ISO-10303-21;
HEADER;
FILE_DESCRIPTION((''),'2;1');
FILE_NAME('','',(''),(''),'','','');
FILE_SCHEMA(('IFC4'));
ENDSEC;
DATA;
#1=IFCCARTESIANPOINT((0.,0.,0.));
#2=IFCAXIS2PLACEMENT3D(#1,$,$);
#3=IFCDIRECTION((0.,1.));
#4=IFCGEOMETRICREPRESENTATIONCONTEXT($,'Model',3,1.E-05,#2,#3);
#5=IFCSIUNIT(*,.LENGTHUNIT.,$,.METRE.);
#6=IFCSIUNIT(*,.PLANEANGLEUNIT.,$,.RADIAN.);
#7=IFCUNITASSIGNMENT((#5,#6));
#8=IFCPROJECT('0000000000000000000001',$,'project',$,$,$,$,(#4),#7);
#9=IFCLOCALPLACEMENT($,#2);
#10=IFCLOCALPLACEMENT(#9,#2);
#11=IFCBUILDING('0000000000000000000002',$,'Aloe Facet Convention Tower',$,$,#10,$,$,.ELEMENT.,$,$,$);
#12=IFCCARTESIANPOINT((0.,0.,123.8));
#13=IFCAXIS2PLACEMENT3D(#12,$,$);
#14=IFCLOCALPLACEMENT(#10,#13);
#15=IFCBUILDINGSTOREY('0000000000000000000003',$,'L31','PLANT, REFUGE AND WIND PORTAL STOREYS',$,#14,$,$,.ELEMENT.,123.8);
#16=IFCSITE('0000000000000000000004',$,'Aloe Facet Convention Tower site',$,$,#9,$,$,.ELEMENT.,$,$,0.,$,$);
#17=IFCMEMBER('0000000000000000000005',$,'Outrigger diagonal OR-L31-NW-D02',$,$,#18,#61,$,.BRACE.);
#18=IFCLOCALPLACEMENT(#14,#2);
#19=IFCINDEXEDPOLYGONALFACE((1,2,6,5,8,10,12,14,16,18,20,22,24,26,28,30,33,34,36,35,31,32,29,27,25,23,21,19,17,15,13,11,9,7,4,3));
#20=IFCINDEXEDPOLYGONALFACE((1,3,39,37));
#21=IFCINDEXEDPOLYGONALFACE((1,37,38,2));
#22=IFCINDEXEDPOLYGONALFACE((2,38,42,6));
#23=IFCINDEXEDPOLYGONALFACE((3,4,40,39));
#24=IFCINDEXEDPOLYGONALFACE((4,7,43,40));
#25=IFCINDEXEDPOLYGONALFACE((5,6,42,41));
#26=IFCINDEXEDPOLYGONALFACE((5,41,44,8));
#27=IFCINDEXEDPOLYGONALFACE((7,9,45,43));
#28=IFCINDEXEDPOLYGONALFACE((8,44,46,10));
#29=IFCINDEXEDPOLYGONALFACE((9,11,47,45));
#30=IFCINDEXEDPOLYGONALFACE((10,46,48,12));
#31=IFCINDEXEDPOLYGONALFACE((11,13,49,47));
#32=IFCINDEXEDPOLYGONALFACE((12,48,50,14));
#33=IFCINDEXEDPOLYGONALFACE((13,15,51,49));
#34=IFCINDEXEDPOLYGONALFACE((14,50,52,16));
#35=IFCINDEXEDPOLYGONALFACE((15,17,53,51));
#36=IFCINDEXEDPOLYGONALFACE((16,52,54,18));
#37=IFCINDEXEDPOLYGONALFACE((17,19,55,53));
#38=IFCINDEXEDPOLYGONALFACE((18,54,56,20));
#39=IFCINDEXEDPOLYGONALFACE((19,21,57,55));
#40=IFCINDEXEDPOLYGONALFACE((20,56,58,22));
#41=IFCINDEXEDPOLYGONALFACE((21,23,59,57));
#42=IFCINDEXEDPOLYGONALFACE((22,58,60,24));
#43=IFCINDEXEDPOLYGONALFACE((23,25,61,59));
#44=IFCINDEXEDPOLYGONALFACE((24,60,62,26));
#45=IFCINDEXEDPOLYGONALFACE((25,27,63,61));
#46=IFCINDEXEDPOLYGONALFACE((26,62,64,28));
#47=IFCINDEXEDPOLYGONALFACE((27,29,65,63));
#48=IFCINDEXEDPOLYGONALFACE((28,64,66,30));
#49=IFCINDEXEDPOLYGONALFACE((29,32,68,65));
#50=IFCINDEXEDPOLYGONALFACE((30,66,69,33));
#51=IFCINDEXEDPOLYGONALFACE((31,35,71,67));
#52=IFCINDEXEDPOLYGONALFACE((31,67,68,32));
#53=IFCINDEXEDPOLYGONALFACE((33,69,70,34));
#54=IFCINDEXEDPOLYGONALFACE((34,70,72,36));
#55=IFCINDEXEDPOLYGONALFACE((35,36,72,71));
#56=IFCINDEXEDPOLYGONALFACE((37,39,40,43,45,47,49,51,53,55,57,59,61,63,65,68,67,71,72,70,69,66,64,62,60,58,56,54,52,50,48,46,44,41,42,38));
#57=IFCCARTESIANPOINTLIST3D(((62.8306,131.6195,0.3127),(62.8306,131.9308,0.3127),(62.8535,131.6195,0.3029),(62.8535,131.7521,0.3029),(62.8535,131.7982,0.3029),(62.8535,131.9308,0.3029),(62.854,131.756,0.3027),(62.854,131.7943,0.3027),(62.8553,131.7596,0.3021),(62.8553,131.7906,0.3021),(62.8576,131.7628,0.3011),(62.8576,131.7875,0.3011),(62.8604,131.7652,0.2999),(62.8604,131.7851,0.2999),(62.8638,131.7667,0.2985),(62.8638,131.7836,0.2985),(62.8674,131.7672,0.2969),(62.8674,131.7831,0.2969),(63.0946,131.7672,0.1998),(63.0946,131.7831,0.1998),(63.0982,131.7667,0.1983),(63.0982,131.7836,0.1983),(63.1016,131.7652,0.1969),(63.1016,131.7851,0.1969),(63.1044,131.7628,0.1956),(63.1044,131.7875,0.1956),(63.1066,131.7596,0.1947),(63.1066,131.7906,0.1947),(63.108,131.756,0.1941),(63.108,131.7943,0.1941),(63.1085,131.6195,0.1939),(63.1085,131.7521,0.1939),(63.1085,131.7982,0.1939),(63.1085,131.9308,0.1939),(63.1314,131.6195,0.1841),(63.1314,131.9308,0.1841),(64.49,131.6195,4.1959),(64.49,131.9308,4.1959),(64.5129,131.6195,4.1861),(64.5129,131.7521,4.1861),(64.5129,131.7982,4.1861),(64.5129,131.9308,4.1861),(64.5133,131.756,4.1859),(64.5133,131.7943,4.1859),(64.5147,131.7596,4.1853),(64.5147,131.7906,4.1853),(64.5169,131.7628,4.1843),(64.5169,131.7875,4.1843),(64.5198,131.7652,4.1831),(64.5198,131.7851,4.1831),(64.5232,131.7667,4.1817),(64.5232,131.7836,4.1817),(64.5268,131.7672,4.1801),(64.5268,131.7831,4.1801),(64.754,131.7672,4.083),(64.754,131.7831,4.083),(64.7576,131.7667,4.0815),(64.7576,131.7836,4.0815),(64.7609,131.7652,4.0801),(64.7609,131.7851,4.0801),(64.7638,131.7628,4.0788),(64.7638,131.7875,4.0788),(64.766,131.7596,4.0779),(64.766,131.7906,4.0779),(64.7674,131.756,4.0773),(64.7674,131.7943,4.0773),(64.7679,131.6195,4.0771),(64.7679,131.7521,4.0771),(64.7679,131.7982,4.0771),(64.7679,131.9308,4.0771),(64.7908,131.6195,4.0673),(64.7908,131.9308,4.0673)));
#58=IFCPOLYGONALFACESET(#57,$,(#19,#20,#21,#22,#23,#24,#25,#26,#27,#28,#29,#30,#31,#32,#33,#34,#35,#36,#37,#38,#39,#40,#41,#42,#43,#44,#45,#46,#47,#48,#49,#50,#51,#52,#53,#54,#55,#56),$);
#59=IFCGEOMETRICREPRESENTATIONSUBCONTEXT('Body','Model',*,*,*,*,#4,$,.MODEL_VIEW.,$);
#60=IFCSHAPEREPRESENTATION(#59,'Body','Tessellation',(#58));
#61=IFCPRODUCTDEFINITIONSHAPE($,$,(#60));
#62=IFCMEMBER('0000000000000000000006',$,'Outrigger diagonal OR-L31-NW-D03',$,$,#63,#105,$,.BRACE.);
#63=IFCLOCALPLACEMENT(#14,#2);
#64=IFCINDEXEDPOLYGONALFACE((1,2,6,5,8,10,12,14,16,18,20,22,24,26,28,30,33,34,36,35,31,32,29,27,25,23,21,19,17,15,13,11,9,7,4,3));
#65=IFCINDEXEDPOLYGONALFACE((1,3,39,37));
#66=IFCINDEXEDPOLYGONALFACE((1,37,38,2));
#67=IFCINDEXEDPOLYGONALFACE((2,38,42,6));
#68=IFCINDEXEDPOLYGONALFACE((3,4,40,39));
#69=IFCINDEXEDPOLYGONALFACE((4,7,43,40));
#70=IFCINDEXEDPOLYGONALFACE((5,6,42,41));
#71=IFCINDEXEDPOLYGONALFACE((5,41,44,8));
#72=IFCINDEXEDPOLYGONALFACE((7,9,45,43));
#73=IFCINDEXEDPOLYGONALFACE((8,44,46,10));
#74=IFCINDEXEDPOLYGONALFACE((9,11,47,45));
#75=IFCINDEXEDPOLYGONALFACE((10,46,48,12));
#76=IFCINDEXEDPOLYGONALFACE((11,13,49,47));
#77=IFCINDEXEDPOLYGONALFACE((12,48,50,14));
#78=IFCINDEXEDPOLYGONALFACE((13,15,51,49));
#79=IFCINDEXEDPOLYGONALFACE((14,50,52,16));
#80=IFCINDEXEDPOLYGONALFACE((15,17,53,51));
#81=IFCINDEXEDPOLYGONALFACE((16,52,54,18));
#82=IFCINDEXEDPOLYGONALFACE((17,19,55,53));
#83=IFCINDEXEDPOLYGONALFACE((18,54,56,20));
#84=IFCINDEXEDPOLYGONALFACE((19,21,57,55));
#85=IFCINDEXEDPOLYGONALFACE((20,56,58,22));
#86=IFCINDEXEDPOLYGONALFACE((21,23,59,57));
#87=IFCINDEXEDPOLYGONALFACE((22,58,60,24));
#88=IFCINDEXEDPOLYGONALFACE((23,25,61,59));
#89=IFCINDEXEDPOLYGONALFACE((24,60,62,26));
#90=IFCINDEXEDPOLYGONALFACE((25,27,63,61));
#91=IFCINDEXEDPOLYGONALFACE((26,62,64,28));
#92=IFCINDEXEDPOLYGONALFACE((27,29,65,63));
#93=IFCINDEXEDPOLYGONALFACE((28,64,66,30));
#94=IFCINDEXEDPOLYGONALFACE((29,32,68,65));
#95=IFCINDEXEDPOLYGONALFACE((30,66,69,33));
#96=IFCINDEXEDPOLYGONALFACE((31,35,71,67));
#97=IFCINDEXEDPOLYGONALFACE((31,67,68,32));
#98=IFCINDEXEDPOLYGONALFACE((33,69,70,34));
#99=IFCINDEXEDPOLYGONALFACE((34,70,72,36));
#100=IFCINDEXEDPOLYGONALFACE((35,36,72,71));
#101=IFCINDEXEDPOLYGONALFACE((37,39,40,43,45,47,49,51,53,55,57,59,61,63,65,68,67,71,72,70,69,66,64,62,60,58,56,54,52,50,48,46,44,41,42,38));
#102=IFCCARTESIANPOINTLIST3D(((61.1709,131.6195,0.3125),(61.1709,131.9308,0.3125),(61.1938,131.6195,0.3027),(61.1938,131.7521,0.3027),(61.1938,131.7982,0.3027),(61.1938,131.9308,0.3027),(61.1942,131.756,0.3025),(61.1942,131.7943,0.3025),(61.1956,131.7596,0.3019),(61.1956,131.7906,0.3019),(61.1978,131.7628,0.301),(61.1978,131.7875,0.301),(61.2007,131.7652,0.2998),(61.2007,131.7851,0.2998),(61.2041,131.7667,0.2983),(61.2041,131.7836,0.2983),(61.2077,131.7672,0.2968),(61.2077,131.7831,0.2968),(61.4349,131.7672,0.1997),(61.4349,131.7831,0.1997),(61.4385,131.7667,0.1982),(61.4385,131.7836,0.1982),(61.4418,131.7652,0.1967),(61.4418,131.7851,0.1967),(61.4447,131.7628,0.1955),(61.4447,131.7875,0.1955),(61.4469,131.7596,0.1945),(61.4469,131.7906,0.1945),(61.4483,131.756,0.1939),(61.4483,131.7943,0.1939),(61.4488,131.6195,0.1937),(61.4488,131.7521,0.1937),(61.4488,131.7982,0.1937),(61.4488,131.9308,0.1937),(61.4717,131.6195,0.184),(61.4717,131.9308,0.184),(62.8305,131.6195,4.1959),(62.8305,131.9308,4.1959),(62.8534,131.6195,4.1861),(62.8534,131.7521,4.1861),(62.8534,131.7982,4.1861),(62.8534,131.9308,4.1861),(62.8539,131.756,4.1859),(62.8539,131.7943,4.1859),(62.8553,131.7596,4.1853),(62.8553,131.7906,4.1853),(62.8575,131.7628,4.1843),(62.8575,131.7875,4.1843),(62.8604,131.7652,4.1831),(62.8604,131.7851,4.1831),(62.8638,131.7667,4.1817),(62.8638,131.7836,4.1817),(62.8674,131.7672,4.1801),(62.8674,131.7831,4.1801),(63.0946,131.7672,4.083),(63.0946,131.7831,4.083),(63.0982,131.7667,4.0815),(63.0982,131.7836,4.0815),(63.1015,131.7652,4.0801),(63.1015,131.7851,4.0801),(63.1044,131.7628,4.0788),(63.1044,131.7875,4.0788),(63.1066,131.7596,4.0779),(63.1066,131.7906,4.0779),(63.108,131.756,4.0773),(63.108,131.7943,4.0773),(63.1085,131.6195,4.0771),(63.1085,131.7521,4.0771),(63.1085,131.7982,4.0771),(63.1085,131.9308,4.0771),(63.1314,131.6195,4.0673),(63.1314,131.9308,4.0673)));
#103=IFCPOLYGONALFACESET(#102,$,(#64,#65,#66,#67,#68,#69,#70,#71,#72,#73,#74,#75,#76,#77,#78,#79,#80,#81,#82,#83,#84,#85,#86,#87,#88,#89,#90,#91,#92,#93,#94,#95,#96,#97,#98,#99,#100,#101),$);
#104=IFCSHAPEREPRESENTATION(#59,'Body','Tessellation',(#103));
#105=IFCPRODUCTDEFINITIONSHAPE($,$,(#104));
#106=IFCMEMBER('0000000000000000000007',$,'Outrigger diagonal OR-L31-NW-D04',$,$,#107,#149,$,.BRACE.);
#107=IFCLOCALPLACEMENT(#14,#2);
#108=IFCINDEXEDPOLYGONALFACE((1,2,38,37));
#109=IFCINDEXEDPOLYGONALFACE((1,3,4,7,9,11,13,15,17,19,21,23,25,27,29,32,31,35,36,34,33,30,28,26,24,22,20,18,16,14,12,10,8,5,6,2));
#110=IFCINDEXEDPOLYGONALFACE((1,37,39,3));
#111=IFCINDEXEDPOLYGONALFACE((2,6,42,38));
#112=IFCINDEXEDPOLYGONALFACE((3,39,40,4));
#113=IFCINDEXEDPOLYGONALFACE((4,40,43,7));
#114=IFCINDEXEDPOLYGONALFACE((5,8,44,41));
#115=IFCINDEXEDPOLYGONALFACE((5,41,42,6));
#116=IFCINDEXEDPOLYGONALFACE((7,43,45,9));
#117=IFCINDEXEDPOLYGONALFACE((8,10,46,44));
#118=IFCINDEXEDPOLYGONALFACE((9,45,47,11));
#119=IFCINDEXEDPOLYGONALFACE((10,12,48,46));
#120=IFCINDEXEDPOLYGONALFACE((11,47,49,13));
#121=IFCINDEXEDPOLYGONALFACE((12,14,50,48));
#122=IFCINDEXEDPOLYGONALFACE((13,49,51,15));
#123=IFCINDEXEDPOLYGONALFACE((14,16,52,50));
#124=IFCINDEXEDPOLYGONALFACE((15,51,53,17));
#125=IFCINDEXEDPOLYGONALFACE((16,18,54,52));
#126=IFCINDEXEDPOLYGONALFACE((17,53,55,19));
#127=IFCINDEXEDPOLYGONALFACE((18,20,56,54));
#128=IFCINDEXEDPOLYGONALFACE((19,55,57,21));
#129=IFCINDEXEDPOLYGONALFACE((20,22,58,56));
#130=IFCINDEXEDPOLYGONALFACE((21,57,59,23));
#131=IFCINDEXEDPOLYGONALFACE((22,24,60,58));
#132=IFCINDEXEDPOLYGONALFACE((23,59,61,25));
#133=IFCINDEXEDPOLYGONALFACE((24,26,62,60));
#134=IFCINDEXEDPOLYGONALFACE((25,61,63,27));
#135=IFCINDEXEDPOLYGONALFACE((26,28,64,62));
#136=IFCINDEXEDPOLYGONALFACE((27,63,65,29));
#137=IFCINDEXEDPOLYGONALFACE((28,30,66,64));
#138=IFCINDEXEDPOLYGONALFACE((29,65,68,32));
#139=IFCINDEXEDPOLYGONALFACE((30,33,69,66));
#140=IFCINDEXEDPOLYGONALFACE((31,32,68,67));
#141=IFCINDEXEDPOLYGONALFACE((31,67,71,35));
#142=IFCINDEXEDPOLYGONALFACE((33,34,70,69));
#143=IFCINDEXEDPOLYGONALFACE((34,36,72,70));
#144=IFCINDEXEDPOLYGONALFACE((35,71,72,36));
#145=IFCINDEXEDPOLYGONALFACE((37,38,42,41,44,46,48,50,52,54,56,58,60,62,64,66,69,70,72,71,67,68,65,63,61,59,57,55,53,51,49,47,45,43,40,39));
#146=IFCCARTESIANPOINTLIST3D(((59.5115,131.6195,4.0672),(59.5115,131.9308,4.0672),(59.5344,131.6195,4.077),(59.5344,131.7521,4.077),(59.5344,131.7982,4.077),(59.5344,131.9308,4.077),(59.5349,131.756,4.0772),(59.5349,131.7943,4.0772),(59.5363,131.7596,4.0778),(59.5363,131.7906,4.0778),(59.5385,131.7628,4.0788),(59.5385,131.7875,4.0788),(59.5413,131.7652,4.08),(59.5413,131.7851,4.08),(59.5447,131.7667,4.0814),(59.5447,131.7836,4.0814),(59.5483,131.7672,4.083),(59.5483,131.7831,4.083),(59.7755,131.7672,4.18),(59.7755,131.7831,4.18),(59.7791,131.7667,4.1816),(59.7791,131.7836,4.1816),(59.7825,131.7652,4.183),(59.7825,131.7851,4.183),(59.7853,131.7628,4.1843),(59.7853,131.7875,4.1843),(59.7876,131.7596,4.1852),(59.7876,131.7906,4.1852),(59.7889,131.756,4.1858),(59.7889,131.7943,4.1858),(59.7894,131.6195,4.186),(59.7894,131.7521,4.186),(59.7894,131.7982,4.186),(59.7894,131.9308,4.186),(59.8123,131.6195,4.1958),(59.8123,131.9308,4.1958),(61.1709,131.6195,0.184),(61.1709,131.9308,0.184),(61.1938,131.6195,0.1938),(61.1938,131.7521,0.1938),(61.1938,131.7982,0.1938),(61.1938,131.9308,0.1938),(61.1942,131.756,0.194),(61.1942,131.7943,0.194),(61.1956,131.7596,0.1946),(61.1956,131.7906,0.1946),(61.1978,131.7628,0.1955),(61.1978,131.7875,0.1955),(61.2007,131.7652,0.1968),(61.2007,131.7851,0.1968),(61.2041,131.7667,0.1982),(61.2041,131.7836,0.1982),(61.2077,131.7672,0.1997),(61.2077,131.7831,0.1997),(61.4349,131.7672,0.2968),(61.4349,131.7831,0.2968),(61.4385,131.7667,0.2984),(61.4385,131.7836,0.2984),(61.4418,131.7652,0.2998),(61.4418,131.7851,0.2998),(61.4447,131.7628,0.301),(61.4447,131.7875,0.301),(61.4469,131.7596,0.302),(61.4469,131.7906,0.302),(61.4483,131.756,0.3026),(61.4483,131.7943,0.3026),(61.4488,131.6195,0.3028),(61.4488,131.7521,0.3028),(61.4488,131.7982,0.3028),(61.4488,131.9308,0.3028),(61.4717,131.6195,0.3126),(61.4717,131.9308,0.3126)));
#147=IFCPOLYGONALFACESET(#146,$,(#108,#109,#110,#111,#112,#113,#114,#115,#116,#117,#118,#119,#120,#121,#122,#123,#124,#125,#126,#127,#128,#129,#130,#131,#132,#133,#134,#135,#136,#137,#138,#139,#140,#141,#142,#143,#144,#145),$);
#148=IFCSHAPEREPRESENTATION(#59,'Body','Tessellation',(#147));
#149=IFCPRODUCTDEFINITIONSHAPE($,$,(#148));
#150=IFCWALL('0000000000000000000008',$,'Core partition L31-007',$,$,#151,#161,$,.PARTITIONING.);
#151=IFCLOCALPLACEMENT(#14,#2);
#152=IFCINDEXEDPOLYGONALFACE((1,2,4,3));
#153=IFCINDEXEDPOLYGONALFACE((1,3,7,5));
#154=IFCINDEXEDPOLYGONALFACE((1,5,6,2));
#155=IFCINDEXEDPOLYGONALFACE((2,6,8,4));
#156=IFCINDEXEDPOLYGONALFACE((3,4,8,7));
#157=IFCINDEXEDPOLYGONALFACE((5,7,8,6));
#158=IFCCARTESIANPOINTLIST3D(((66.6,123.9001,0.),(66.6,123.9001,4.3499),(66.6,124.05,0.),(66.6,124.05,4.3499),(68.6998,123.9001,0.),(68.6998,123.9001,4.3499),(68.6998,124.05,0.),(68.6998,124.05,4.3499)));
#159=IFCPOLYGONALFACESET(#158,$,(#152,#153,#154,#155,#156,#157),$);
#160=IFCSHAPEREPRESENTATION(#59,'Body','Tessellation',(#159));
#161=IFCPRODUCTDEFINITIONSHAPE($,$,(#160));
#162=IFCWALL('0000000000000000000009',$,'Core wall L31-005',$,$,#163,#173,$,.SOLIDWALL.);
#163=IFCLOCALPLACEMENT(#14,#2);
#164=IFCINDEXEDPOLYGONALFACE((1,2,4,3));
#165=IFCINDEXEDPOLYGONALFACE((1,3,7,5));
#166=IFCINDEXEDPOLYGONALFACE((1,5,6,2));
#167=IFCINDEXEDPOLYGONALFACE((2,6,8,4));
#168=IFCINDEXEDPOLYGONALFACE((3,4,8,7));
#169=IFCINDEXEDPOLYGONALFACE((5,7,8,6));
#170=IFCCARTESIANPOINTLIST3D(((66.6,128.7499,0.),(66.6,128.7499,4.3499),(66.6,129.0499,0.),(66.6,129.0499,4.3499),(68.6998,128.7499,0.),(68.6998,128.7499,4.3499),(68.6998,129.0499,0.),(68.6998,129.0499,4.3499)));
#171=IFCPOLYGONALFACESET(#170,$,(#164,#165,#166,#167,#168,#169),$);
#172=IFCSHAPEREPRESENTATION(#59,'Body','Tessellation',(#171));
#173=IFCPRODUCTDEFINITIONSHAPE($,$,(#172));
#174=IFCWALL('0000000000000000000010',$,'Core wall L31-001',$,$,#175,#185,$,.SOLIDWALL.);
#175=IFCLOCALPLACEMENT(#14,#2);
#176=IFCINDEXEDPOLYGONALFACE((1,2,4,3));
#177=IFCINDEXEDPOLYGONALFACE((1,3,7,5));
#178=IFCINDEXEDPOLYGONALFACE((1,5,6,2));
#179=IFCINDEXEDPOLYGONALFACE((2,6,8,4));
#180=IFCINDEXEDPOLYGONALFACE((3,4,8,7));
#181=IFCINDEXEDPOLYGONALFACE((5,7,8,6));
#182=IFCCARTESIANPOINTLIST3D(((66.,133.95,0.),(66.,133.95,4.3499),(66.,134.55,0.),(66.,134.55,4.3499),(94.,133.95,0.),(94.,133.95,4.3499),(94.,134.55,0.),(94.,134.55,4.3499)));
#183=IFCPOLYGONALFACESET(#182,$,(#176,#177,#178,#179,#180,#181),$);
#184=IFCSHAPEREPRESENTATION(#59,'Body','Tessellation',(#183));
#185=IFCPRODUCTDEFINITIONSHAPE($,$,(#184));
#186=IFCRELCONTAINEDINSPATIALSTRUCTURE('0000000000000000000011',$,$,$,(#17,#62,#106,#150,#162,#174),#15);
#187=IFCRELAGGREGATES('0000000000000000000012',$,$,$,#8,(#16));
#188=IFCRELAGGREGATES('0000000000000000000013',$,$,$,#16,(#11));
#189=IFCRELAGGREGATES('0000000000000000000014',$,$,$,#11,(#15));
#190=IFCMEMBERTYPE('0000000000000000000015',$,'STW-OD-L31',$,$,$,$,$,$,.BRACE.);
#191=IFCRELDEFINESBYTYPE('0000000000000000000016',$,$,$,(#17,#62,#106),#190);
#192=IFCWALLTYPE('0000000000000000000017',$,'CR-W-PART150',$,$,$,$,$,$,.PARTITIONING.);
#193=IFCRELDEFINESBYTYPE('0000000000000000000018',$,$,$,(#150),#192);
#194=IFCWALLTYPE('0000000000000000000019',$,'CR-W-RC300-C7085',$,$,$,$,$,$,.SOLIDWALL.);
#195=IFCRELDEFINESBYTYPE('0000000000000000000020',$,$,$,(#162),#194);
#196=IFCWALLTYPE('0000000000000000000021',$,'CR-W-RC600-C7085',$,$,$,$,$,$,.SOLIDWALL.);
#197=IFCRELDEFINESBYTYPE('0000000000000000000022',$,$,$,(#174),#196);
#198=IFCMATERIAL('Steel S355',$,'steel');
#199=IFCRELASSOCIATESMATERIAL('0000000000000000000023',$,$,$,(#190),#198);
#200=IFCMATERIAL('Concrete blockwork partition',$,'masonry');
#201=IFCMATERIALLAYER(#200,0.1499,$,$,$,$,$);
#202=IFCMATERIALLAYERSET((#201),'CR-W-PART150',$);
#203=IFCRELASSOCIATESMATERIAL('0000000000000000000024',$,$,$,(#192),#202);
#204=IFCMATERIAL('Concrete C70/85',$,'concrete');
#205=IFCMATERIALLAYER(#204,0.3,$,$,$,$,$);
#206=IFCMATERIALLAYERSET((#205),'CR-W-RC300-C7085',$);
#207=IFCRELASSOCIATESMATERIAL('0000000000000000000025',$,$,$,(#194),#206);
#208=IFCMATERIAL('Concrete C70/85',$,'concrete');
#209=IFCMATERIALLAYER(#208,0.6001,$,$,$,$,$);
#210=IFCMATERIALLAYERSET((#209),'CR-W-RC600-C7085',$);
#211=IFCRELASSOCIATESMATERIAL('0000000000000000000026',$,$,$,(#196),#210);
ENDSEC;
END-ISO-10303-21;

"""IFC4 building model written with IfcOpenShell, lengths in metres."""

from ifc_helpers import new_model, si_unit, direction, frame, frame_2d, origin, origin_2d, place, context, subcontext, project, spatial, rectangle, i_section, extrude, material, layer, layer_set, material_profile, profile_set, type_object, element, save


model = new_model("IFC4")

# Units and contexts
model_context = context("Model", 3, precision=1e-05, world=origin(), true_north=direction((0.0, 1.0)))
body_context = subcontext(model_context, "Body", "Model", "MODEL_VIEW")
ifc_project = project(units=[si_unit("LENGTHUNIT", "METRE"), si_unit("PLANEANGLEUNIT", "RADIAN")], contexts=[model_context])

# Site, building, storey
site_placement = place(None, origin())
site = spatial("IfcSite", under=ifc_project, at=site_placement, Name="Aloe Facet Convention Tower site", CompositionType="ELEMENT", RefElevation=0.0)
building_placement = place(site_placement, origin())
building = spatial("IfcBuilding", under=site, at=building_placement, Name="Aloe Facet Convention Tower", CompositionType="ELEMENT")
storey_placement = place(building_placement, frame((0.0, 0.0, 123.8)))
storey = spatial("IfcBuildingStorey", under=building, at=storey_placement, Name="L31", Description="PLANT, REFUGE AND WIND PORTAL STOREYS", CompositionType="ELEMENT", Elevation=123.8)

# Members
ifc_material_1 = material(Name="Steel S355", Category="steel")
ifc_material_profile_1 = material_profile(ifc_material_1, i_section(OverallWidth=0.3113, OverallDepth=0.3271, WebThickness=0.0159, FlangeThickness=0.0249, FilletRadius=0.0151, at=origin_2d()), Name="UC 305x305x158")
ifc_profile_set_1 = profile_set([ifc_material_profile_1], Name="Steel S355")
member_type_1 = type_object("IfcMemberType", Name="STW-OD-L31", PredefinedType="BRACE", material=ifc_profile_set_1)
member_1_placement = place(storey_placement, frame((64.6404, 131.7751, 4.1316), z_axis=(-0.392949, 0.0, -0.91956), x_axis=(0.0, -1.0, 0.0)))
element("IfcMember", 1, at=member_1_placement, inside=storey, type_object=member_type_1, Name="Outrigger diagonal OR-L31-NW-D02", PredefinedType="BRACE", context=body_context, shape_type="SweptSolid", body=[
    extrude(i_section(OverallWidth=0.3113, OverallDepth=0.3271, WebThickness=0.0159, FlangeThickness=0.0249, FilletRadius=0.0151, at=origin_2d()), origin(), (0.0, 0.0, 1.0), 4.2229),
])
member_2_placement = place(storey_placement, frame((62.981, 131.7751, 4.1316), z_axis=(-0.392998, 0.0, -0.919539), x_axis=(0.0, -1.0, 0.0)))
element("IfcMember", 2, at=member_2_placement, inside=storey, type_object=member_type_1, Name="Outrigger diagonal OR-L31-NW-D03", PredefinedType="BRACE", context=body_context, shape_type="SweptSolid", body=[
    extrude(i_section(OverallWidth=0.3113, OverallDepth=0.3271, WebThickness=0.0159, FlangeThickness=0.0249, FilletRadius=0.0151, at=origin_2d()), origin(), (0.0, 0.0, 1.0), 4.2231),
])
member_3_placement = place(storey_placement, frame((61.3213, 131.7751, 0.2483), z_axis=(-0.392949, 0.0, 0.91956), x_axis=(0.0, -1.0, 0.0)))
element("IfcMember", 3, at=member_3_placement, inside=storey, type_object=member_type_1, Name="Outrigger diagonal OR-L31-NW-D04", PredefinedType="BRACE", context=body_context, shape_type="SweptSolid", body=[
    extrude(i_section(OverallWidth=0.3113, OverallDepth=0.3271, WebThickness=0.0159, FlangeThickness=0.0249, FilletRadius=0.0151, at=origin_2d()), origin(), (0.0, 0.0, 1.0), 4.2229),
])

# Walls
ifc_material_2 = material(Name="Concrete blockwork partition", Category="masonry")
ifc_layer_1 = layer(ifc_material_2, 0.1499)
ifc_layer_set_1 = layer_set([ifc_layer_1], Name="CR-W-PART150")
wall_type_1 = type_object("IfcWallType", Name="CR-W-PART150", PredefinedType="PARTITIONING", material=ifc_layer_set_1)
wall_1_placement = place(storey_placement, frame((66.6001, 123.9751, 0.0), z_axis=(0.0, 0.0, 1.0), x_axis=(1.0, 0.0, 0.0)))
element("IfcWall", 4, at=wall_1_placement, inside=storey, type_object=wall_type_1, Name="Core partition L31-007", PredefinedType="PARTITIONING", context=body_context, shape_type="SweptSolid", body=[
    extrude(rectangle(XDim=2.0999, YDim=0.1499, at=frame_2d((1.0498, 0.0))), origin(), (0.0, 0.0, 1.0), 4.3499),
])
ifc_material_3 = material(Name="Concrete C70/85", Category="concrete")
ifc_layer_2 = layer(ifc_material_3, 0.3)
ifc_layer_set_2 = layer_set([ifc_layer_2], Name="CR-W-RC300-C7085")
wall_type_2 = type_object("IfcWallType", Name="CR-W-RC300-C7085", PredefinedType="SOLIDWALL", material=ifc_layer_set_2)
wall_2_placement = place(storey_placement, frame((66.6001, 128.8999, 0.0), z_axis=(0.0, 0.0, 1.0), x_axis=(1.0, 0.0, 0.0)))
element("IfcWall", 5, at=wall_2_placement, inside=storey, type_object=wall_type_2, Name="Core wall L31-005", PredefinedType="SOLIDWALL", context=body_context, shape_type="SweptSolid", body=[
    extrude(rectangle(XDim=2.0999, YDim=0.3, at=frame_2d((1.0498, 0.0))), origin(), (0.0, 0.0, 1.0), 4.3499),
])
ifc_material_4 = material(Name="Concrete C70/85", Category="concrete")
ifc_layer_3 = layer(ifc_material_4, 0.6001)
ifc_layer_set_3 = layer_set([ifc_layer_3], Name="CR-W-RC600-C7085")
wall_type_3 = type_object("IfcWallType", Name="CR-W-RC600-C7085", PredefinedType="SOLIDWALL", material=ifc_layer_set_3)
wall_3_placement = place(storey_placement, frame((66.0, 134.25, 0.0), z_axis=(0.0, 0.0, 1.0), x_axis=(1.0, 0.0, 0.0)))
element("IfcWall", 6, at=wall_3_placement, inside=storey, type_object=wall_type_3, Name="Core wall L31-001", PredefinedType="SOLIDWALL", context=body_context, shape_type="SweptSolid", body=[
    extrude(rectangle(XDim=28.0, YDim=0.6001, at=frame_2d((14.0, 0.0))), origin(), (0.0, 0.0, 1.0), 4.3499),
])

save(model, "model.ifc")
